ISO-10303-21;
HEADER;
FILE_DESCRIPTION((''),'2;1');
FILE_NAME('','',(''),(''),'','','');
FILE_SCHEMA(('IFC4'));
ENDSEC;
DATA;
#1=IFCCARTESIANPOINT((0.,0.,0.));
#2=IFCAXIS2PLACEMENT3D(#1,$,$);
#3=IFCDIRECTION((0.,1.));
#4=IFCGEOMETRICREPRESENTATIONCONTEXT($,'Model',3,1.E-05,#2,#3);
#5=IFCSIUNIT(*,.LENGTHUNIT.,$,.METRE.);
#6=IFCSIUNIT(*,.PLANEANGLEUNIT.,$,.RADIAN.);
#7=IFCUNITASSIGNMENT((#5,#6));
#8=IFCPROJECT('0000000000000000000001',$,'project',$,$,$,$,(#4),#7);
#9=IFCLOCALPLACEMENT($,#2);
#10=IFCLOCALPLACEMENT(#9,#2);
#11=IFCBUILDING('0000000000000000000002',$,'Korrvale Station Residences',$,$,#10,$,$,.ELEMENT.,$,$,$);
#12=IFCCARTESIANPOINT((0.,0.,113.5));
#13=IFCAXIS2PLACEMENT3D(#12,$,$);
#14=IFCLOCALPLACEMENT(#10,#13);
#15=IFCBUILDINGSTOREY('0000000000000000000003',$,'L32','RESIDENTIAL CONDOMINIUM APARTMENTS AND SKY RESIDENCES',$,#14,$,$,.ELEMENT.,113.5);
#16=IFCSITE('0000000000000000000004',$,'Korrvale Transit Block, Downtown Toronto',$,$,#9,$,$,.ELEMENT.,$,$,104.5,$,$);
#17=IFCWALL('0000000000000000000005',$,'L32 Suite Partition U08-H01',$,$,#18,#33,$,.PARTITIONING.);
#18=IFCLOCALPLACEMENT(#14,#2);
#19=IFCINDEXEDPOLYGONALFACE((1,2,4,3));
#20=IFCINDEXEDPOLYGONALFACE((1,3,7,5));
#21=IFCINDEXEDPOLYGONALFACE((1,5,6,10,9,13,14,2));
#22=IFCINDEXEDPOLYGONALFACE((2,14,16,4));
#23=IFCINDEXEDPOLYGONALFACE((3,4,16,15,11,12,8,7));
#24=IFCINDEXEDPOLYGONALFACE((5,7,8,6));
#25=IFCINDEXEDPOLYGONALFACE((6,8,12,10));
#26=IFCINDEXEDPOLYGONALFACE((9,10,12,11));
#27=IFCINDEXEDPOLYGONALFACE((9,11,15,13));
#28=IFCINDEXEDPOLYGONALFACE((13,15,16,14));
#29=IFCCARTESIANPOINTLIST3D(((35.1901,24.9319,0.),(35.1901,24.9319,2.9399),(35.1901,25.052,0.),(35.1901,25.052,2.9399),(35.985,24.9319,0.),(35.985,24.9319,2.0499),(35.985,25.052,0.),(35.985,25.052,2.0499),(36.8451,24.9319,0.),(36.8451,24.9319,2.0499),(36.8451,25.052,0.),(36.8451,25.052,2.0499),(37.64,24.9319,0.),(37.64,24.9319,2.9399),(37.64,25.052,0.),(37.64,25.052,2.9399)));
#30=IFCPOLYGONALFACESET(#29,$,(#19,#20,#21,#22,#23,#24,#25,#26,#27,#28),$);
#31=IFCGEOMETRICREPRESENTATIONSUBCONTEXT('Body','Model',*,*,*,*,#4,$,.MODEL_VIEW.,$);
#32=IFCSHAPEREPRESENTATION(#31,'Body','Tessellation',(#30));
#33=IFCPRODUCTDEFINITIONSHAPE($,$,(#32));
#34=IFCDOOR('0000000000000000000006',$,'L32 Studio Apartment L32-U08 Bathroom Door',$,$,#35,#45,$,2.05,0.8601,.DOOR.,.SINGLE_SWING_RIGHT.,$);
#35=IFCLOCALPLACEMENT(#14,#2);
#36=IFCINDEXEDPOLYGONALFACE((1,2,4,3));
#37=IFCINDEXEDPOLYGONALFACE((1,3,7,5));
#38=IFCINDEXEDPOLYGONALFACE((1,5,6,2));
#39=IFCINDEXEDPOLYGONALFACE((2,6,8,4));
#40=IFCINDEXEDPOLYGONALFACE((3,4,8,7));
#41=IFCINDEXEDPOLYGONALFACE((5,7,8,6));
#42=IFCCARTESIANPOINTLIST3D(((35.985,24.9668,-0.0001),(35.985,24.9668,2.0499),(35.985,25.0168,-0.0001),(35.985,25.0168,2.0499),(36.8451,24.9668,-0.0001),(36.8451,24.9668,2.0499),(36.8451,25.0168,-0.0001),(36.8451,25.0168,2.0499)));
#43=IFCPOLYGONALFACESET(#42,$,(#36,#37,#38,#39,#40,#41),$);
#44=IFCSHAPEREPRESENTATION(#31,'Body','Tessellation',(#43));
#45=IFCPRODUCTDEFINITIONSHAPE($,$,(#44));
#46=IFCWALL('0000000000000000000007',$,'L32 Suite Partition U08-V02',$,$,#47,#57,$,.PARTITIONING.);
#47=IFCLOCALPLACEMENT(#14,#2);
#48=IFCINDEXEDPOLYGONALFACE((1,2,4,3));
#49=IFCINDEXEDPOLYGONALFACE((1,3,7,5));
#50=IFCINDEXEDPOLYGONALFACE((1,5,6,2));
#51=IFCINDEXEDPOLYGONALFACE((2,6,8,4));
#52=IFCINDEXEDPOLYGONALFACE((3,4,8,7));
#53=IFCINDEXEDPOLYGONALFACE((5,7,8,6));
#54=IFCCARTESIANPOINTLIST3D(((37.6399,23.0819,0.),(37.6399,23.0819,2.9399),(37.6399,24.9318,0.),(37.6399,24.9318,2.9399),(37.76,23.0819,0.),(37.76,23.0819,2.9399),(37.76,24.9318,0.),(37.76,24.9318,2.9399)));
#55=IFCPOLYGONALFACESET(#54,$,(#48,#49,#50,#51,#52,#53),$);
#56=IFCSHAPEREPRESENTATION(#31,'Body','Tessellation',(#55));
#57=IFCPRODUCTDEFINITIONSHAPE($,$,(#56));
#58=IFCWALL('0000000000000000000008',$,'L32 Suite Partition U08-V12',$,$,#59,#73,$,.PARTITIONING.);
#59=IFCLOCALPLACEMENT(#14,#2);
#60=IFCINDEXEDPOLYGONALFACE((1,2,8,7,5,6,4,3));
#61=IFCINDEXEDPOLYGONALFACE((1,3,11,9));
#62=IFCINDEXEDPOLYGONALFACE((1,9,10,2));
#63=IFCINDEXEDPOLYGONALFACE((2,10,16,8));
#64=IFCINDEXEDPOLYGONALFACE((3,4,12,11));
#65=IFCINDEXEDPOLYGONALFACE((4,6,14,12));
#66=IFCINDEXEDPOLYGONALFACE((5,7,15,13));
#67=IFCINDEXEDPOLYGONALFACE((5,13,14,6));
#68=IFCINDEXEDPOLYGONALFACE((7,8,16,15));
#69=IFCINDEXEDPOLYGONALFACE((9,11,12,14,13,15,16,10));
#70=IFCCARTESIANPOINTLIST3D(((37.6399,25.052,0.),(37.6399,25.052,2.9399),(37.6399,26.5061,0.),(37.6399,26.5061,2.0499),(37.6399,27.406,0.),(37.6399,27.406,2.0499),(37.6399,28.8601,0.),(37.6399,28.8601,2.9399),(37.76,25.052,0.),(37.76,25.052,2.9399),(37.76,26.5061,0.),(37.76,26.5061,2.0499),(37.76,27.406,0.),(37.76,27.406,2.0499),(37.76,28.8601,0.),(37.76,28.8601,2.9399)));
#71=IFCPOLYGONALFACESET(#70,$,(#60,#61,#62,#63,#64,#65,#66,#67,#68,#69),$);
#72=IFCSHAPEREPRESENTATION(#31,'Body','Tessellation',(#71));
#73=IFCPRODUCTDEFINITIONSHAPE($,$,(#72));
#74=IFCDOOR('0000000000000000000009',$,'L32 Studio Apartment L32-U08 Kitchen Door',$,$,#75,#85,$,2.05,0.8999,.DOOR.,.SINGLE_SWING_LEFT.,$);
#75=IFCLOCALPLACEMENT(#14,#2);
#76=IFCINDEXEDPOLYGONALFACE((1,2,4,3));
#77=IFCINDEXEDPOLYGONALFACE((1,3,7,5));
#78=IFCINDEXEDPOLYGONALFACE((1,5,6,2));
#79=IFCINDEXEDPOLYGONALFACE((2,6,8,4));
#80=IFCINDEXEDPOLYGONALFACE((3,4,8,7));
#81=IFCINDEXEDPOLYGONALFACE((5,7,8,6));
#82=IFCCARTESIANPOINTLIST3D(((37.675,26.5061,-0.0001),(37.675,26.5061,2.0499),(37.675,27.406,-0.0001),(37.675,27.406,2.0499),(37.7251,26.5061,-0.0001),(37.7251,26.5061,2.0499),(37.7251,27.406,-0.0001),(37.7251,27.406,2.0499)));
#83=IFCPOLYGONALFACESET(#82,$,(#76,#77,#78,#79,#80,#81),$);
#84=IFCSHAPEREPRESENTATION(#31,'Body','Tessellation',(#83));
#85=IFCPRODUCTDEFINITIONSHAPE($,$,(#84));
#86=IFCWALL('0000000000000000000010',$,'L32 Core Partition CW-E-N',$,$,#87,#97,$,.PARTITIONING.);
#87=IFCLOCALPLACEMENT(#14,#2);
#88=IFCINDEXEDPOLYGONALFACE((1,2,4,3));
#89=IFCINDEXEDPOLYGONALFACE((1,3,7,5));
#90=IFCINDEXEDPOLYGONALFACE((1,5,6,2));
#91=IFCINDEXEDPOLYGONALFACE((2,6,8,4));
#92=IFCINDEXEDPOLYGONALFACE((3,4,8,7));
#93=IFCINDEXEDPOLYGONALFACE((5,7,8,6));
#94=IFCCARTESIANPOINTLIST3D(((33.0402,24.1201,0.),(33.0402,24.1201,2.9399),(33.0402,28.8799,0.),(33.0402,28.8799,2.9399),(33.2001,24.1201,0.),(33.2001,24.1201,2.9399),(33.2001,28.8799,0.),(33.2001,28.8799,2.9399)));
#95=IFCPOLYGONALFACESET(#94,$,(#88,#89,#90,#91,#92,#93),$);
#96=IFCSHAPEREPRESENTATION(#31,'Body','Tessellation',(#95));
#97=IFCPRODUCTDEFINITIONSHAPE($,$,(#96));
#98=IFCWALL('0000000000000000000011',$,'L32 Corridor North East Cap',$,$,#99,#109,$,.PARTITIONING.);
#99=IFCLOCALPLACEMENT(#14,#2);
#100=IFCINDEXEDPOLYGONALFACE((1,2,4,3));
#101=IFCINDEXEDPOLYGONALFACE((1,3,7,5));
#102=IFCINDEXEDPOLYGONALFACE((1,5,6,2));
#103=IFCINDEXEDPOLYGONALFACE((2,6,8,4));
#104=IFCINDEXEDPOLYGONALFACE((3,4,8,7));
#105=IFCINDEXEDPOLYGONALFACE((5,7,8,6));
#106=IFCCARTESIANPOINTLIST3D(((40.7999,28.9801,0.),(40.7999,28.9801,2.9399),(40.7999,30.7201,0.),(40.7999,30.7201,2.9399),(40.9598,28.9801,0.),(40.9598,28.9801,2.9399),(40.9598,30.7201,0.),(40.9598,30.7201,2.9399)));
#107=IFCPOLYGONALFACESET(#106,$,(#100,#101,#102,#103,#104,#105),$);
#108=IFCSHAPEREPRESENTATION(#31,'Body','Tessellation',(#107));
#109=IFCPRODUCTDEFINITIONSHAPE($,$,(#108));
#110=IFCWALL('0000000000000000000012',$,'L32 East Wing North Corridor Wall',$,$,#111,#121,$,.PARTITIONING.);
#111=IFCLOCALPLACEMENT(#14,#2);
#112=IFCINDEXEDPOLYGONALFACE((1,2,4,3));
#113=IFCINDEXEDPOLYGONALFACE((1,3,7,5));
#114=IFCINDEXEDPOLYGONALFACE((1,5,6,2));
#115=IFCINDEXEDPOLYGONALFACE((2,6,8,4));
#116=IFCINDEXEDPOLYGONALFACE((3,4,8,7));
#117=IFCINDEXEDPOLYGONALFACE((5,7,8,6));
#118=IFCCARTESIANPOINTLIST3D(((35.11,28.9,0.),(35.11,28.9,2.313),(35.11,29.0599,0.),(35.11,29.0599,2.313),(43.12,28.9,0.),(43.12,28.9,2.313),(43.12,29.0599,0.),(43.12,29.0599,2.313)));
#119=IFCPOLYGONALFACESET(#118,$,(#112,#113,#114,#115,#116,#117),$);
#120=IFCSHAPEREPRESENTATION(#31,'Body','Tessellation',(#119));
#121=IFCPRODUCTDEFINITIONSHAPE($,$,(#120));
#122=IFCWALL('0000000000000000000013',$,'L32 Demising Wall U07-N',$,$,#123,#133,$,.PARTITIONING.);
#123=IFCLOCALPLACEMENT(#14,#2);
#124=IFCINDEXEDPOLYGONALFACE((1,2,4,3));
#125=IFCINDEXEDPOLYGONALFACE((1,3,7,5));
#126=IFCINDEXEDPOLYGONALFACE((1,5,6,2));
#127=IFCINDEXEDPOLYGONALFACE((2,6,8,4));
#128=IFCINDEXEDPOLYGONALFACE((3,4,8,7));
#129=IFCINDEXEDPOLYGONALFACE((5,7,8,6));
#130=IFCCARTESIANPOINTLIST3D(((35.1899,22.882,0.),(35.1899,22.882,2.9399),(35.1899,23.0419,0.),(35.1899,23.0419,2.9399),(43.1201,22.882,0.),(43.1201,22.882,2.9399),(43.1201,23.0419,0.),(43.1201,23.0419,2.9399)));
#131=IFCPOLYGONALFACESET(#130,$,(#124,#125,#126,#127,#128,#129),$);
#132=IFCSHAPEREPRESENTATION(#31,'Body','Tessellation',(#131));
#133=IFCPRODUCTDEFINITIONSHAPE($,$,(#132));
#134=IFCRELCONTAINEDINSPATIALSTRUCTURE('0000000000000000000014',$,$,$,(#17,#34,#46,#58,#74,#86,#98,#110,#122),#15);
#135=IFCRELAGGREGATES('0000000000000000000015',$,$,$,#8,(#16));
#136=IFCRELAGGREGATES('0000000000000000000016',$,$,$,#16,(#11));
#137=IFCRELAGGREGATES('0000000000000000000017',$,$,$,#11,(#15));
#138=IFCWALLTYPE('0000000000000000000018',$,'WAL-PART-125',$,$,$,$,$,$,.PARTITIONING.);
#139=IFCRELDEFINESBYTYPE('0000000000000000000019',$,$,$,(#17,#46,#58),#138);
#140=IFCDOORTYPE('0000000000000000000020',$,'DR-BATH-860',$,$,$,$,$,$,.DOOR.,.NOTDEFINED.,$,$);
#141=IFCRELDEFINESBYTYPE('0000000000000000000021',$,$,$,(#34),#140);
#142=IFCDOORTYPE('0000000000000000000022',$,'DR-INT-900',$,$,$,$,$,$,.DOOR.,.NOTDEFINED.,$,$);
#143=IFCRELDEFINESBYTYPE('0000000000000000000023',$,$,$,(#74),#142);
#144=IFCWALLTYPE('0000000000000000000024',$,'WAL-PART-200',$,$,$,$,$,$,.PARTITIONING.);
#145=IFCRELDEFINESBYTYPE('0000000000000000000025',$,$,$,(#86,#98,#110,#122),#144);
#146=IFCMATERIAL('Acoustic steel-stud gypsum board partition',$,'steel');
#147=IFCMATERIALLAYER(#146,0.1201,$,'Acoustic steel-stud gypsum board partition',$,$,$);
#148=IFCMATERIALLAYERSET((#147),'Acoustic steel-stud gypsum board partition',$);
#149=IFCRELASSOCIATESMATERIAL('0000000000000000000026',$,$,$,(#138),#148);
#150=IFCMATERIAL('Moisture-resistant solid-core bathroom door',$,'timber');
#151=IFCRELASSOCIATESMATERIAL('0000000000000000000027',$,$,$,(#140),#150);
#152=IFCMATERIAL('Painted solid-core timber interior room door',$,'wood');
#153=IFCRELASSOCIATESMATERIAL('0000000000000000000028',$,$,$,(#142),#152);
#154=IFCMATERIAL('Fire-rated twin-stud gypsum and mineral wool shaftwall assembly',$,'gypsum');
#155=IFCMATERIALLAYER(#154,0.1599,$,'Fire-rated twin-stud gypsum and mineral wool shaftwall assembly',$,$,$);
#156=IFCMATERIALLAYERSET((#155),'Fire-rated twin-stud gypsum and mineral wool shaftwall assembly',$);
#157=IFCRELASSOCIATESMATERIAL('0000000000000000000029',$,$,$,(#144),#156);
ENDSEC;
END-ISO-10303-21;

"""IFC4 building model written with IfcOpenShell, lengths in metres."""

from ifc_helpers import new_model, si_unit, direction, frame, frame_2d, origin, place, context, subcontext, project, spatial, rectangle, extrude, material, layer, layer_set, type_object, element, fill, save


model = new_model("IFC4")

# Units and contexts
model_context = context("Model", 3, precision=1e-05, world=origin(), true_north=direction((0.0, 1.0)))
body_context = subcontext(model_context, "Body", "Model", "MODEL_VIEW")
ifc_project = project(units=[si_unit("LENGTHUNIT", "METRE"), si_unit("PLANEANGLEUNIT", "RADIAN")], contexts=[model_context])

# Site, building, storey
site_placement = place(None, origin())
site = spatial("IfcSite", under=ifc_project, at=site_placement, Name="Korrvale Transit Block, Downtown Toronto", CompositionType="ELEMENT", RefElevation=104.5)
building_placement = place(site_placement, origin())
building = spatial("IfcBuilding", under=site, at=building_placement, Name="Korrvale Station Residences", CompositionType="ELEMENT")
storey_placement = place(building_placement, frame((0.0, 0.0, 113.5)))
storey = spatial("IfcBuildingStorey", under=building, at=storey_placement, Name="L32", Description="RESIDENTIAL CONDOMINIUM APARTMENTS AND SKY RESIDENCES", CompositionType="ELEMENT", Elevation=113.5)

# Shared definitions
ifc_material_1 = material(Name="Acoustic steel-stud gypsum board partition", Category="steel")
ifc_layer_1 = layer(ifc_material_1, 0.1201, Name="Acoustic steel-stud gypsum board partition")
ifc_layer_set_1 = layer_set([ifc_layer_1], Name="Acoustic steel-stud gypsum board partition")
wall_type_1 = type_object("IfcWallType", Name="WAL-PART-125", PredefinedType="PARTITIONING", material=ifc_layer_set_1)

# Wall, opening, door
wall_1_placement = place(storey_placement, frame((35.1899, 24.9919, 0.0), z_axis=(0.0, 0.0, 1.0), x_axis=(1.0, 0.0, 0.0)))
wall_1 = element("IfcWall", 1, at=wall_1_placement, inside=storey, type_object=wall_type_1, Name="L32 Suite Partition U08-H01", PredefinedType="PARTITIONING", context=body_context, shape_type="SweptSolid", body=[
    extrude(rectangle(XDim=2.45, YDim=0.1201, at=frame_2d((1.2251, 0.0))), origin(), (0.0, 0.0, 1.0), 2.9399),
])
opening_1_placement = place(wall_1_placement, frame((0.7949, 0.0, 0.0)))
opening_1 = element("IfcOpeningElement", 2, at=opening_1_placement, cuts=wall_1, PredefinedType="OPENING", context=body_context, shape_type="SweptSolid", body=[
    extrude(rectangle(XDim=0.8601, YDim=2.05, at=frame_2d((0.4302, 1.0249))), frame((0.0, 0.0701, 0.0), z_axis=(0.0, -1.0, 0.0), x_axis=(1.0, 0.0, 0.0)), (0.0, 0.0, 1.0), 0.1401),
])
ifc_material_2 = material(Name="Moisture-resistant solid-core bathroom door", Category="timber")
door_type_1 = type_object("IfcDoorType", Name="DR-BATH-860", OperationType="NOTDEFINED", PredefinedType="DOOR", material=ifc_material_2)
door_1_placement = place(opening_1_placement, origin())
door_1 = element("IfcDoor", 3, at=door_1_placement, inside=storey, type_object=door_type_1, Name="L32 Studio Apartment L32-U08 Bathroom Door", OperationType="SINGLE_SWING_RIGHT", OverallHeight=2.05, OverallWidth=0.8601, PredefinedType="DOOR", context=body_context, shape_type="SweptSolid", body=[
    extrude(rectangle(XDim=0.8601, YDim=2.05, at=frame_2d((0.4302, 1.0249))), frame((0.0, 0.0249, 0.0), z_axis=(0.0, -1.0, 0.0), x_axis=(1.0, 0.0, 0.0)), (0.0, 0.0, 1.0), 0.05),
])
fill(opening_1, door_1)

# Wall
wall_2_placement = place(storey_placement, frame((37.7, 23.082, 0.0), z_axis=(0.0, 0.0, 1.0), x_axis=(0.0, 1.0, 0.0)))
element("IfcWall", 4, at=wall_2_placement, inside=storey, type_object=wall_type_1, Name="L32 Suite Partition U08-V02", PredefinedType="PARTITIONING", context=body_context, shape_type="SweptSolid", body=[
    extrude(rectangle(XDim=1.8499, YDim=0.1201, at=frame_2d((0.9248, 0.0))), origin(), (0.0, 0.0, 1.0), 2.9399),
])

# Wall, opening, door
wall_3_placement = place(storey_placement, frame((37.7, 25.052, 0.0), z_axis=(0.0, 0.0, 1.0), x_axis=(0.0, 1.0, 0.0)))
wall_3 = element("IfcWall", 5, at=wall_3_placement, inside=storey, type_object=wall_type_1, Name="L32 Suite Partition U08-V12", PredefinedType="PARTITIONING", context=body_context, shape_type="SweptSolid", body=[
    extrude(rectangle(XDim=3.8081, YDim=0.1201, at=frame_2d((1.9041, 0.0))), origin(), (0.0, 0.0, 1.0), 2.9399),
])
opening_2_placement = place(wall_3_placement, frame((1.4541, 0.0, 0.0)))
opening_2 = element("IfcOpeningElement", 6, at=opening_2_placement, cuts=wall_3, PredefinedType="OPENING", context=body_context, shape_type="SweptSolid", body=[
    extrude(rectangle(XDim=0.8999, YDim=2.05, at=frame_2d((0.45, 1.0249))), frame((0.0, 0.0701, 0.0), z_axis=(0.0, -1.0, 0.0), x_axis=(1.0, 0.0, 0.0)), (0.0, 0.0, 1.0), 0.1401),
])
ifc_material_3 = material(Name="Painted solid-core timber interior room door", Category="wood")
door_type_2 = type_object("IfcDoorType", Name="DR-INT-900", OperationType="NOTDEFINED", PredefinedType="DOOR", material=ifc_material_3)
door_2_placement = place(opening_2_placement, origin())
door_2 = element("IfcDoor", 7, at=door_2_placement, inside=storey, type_object=door_type_2, Name="L32 Studio Apartment L32-U08 Kitchen Door", OperationType="SINGLE_SWING_LEFT", OverallHeight=2.05, OverallWidth=0.8999, PredefinedType="DOOR", context=body_context, shape_type="SweptSolid", body=[
    extrude(rectangle(XDim=0.8999, YDim=2.05, at=frame_2d((0.45, 1.0249))), frame((0.0, 0.0249, 0.0), z_axis=(0.0, -1.0, 0.0), x_axis=(1.0, 0.0, 0.0)), (0.0, 0.0, 1.0), 0.05),
])
fill(opening_2, door_2)

# Walls
ifc_material_4 = material(Name="Fire-rated twin-stud gypsum and mineral wool shaftwall assembly", Category="gypsum")
ifc_layer_2 = layer(ifc_material_4, 0.1599, Name="Fire-rated twin-stud gypsum and mineral wool shaftwall assembly")
ifc_layer_set_2 = layer_set([ifc_layer_2], Name="Fire-rated twin-stud gypsum and mineral wool shaftwall assembly")
wall_type_2 = type_object("IfcWallType", Name="WAL-PART-200", PredefinedType="PARTITIONING", material=ifc_layer_set_2)
wall_4_placement = place(storey_placement, frame((33.1201, 24.1201, 0.0), z_axis=(0.0, 0.0, 1.0), x_axis=(0.0, 1.0, 0.0)))
element("IfcWall", 8, at=wall_4_placement, inside=storey, type_object=wall_type_2, Name="L32 Core Partition CW-E-N", PredefinedType="PARTITIONING", context=body_context, shape_type="SweptSolid", body=[
    extrude(rectangle(XDim=4.7598, YDim=0.1599, at=frame_2d((2.3799, 0.0))), origin(), (0.0, 0.0, 1.0), 2.9399),
])
wall_5_placement = place(storey_placement, frame((40.8799, 28.98, 0.0), z_axis=(0.0, 0.0, 1.0), x_axis=(0.0, 1.0, 0.0)))
element("IfcWall", 9, at=wall_5_placement, inside=storey, type_object=wall_type_2, Name="L32 Corridor North East Cap", PredefinedType="PARTITIONING", context=body_context, shape_type="SweptSolid", body=[
    extrude(rectangle(XDim=1.74, YDim=0.1599, at=frame_2d((0.8701, 0.0))), origin(), (0.0, 0.0, 1.0), 2.9399),
])
wall_6_placement = place(storey_placement, frame((35.1101, 28.98, 0.0), z_axis=(0.0, 0.0, 1.0), x_axis=(1.0, 0.0, 0.0)))
element("IfcWall", 10, at=wall_6_placement, inside=storey, type_object=wall_type_2, Name="L32 East Wing North Corridor Wall", PredefinedType="PARTITIONING", context=body_context, shape_type="SweptSolid", body=[
    extrude(rectangle(XDim=8.01, YDim=0.1599, at=frame_2d((4.0049, 0.0))), origin(), (0.0, 0.0, 1.0), 2.313),
])
wall_7_placement = place(storey_placement, frame((35.1899, 22.9619, 0.0), z_axis=(0.0, 0.0, 1.0), x_axis=(1.0, 0.0, 0.0)))
element("IfcWall", 11, at=wall_7_placement, inside=storey, type_object=wall_type_2, Name="L32 Demising Wall U07-N", PredefinedType="PARTITIONING", context=body_context, shape_type="SweptSolid", body=[
    extrude(rectangle(XDim=7.9302, YDim=0.1599, at=frame_2d((3.9651, 0.0))), origin(), (0.0, 0.0, 1.0), 2.9399),
])

save(model, "model.ifc")
